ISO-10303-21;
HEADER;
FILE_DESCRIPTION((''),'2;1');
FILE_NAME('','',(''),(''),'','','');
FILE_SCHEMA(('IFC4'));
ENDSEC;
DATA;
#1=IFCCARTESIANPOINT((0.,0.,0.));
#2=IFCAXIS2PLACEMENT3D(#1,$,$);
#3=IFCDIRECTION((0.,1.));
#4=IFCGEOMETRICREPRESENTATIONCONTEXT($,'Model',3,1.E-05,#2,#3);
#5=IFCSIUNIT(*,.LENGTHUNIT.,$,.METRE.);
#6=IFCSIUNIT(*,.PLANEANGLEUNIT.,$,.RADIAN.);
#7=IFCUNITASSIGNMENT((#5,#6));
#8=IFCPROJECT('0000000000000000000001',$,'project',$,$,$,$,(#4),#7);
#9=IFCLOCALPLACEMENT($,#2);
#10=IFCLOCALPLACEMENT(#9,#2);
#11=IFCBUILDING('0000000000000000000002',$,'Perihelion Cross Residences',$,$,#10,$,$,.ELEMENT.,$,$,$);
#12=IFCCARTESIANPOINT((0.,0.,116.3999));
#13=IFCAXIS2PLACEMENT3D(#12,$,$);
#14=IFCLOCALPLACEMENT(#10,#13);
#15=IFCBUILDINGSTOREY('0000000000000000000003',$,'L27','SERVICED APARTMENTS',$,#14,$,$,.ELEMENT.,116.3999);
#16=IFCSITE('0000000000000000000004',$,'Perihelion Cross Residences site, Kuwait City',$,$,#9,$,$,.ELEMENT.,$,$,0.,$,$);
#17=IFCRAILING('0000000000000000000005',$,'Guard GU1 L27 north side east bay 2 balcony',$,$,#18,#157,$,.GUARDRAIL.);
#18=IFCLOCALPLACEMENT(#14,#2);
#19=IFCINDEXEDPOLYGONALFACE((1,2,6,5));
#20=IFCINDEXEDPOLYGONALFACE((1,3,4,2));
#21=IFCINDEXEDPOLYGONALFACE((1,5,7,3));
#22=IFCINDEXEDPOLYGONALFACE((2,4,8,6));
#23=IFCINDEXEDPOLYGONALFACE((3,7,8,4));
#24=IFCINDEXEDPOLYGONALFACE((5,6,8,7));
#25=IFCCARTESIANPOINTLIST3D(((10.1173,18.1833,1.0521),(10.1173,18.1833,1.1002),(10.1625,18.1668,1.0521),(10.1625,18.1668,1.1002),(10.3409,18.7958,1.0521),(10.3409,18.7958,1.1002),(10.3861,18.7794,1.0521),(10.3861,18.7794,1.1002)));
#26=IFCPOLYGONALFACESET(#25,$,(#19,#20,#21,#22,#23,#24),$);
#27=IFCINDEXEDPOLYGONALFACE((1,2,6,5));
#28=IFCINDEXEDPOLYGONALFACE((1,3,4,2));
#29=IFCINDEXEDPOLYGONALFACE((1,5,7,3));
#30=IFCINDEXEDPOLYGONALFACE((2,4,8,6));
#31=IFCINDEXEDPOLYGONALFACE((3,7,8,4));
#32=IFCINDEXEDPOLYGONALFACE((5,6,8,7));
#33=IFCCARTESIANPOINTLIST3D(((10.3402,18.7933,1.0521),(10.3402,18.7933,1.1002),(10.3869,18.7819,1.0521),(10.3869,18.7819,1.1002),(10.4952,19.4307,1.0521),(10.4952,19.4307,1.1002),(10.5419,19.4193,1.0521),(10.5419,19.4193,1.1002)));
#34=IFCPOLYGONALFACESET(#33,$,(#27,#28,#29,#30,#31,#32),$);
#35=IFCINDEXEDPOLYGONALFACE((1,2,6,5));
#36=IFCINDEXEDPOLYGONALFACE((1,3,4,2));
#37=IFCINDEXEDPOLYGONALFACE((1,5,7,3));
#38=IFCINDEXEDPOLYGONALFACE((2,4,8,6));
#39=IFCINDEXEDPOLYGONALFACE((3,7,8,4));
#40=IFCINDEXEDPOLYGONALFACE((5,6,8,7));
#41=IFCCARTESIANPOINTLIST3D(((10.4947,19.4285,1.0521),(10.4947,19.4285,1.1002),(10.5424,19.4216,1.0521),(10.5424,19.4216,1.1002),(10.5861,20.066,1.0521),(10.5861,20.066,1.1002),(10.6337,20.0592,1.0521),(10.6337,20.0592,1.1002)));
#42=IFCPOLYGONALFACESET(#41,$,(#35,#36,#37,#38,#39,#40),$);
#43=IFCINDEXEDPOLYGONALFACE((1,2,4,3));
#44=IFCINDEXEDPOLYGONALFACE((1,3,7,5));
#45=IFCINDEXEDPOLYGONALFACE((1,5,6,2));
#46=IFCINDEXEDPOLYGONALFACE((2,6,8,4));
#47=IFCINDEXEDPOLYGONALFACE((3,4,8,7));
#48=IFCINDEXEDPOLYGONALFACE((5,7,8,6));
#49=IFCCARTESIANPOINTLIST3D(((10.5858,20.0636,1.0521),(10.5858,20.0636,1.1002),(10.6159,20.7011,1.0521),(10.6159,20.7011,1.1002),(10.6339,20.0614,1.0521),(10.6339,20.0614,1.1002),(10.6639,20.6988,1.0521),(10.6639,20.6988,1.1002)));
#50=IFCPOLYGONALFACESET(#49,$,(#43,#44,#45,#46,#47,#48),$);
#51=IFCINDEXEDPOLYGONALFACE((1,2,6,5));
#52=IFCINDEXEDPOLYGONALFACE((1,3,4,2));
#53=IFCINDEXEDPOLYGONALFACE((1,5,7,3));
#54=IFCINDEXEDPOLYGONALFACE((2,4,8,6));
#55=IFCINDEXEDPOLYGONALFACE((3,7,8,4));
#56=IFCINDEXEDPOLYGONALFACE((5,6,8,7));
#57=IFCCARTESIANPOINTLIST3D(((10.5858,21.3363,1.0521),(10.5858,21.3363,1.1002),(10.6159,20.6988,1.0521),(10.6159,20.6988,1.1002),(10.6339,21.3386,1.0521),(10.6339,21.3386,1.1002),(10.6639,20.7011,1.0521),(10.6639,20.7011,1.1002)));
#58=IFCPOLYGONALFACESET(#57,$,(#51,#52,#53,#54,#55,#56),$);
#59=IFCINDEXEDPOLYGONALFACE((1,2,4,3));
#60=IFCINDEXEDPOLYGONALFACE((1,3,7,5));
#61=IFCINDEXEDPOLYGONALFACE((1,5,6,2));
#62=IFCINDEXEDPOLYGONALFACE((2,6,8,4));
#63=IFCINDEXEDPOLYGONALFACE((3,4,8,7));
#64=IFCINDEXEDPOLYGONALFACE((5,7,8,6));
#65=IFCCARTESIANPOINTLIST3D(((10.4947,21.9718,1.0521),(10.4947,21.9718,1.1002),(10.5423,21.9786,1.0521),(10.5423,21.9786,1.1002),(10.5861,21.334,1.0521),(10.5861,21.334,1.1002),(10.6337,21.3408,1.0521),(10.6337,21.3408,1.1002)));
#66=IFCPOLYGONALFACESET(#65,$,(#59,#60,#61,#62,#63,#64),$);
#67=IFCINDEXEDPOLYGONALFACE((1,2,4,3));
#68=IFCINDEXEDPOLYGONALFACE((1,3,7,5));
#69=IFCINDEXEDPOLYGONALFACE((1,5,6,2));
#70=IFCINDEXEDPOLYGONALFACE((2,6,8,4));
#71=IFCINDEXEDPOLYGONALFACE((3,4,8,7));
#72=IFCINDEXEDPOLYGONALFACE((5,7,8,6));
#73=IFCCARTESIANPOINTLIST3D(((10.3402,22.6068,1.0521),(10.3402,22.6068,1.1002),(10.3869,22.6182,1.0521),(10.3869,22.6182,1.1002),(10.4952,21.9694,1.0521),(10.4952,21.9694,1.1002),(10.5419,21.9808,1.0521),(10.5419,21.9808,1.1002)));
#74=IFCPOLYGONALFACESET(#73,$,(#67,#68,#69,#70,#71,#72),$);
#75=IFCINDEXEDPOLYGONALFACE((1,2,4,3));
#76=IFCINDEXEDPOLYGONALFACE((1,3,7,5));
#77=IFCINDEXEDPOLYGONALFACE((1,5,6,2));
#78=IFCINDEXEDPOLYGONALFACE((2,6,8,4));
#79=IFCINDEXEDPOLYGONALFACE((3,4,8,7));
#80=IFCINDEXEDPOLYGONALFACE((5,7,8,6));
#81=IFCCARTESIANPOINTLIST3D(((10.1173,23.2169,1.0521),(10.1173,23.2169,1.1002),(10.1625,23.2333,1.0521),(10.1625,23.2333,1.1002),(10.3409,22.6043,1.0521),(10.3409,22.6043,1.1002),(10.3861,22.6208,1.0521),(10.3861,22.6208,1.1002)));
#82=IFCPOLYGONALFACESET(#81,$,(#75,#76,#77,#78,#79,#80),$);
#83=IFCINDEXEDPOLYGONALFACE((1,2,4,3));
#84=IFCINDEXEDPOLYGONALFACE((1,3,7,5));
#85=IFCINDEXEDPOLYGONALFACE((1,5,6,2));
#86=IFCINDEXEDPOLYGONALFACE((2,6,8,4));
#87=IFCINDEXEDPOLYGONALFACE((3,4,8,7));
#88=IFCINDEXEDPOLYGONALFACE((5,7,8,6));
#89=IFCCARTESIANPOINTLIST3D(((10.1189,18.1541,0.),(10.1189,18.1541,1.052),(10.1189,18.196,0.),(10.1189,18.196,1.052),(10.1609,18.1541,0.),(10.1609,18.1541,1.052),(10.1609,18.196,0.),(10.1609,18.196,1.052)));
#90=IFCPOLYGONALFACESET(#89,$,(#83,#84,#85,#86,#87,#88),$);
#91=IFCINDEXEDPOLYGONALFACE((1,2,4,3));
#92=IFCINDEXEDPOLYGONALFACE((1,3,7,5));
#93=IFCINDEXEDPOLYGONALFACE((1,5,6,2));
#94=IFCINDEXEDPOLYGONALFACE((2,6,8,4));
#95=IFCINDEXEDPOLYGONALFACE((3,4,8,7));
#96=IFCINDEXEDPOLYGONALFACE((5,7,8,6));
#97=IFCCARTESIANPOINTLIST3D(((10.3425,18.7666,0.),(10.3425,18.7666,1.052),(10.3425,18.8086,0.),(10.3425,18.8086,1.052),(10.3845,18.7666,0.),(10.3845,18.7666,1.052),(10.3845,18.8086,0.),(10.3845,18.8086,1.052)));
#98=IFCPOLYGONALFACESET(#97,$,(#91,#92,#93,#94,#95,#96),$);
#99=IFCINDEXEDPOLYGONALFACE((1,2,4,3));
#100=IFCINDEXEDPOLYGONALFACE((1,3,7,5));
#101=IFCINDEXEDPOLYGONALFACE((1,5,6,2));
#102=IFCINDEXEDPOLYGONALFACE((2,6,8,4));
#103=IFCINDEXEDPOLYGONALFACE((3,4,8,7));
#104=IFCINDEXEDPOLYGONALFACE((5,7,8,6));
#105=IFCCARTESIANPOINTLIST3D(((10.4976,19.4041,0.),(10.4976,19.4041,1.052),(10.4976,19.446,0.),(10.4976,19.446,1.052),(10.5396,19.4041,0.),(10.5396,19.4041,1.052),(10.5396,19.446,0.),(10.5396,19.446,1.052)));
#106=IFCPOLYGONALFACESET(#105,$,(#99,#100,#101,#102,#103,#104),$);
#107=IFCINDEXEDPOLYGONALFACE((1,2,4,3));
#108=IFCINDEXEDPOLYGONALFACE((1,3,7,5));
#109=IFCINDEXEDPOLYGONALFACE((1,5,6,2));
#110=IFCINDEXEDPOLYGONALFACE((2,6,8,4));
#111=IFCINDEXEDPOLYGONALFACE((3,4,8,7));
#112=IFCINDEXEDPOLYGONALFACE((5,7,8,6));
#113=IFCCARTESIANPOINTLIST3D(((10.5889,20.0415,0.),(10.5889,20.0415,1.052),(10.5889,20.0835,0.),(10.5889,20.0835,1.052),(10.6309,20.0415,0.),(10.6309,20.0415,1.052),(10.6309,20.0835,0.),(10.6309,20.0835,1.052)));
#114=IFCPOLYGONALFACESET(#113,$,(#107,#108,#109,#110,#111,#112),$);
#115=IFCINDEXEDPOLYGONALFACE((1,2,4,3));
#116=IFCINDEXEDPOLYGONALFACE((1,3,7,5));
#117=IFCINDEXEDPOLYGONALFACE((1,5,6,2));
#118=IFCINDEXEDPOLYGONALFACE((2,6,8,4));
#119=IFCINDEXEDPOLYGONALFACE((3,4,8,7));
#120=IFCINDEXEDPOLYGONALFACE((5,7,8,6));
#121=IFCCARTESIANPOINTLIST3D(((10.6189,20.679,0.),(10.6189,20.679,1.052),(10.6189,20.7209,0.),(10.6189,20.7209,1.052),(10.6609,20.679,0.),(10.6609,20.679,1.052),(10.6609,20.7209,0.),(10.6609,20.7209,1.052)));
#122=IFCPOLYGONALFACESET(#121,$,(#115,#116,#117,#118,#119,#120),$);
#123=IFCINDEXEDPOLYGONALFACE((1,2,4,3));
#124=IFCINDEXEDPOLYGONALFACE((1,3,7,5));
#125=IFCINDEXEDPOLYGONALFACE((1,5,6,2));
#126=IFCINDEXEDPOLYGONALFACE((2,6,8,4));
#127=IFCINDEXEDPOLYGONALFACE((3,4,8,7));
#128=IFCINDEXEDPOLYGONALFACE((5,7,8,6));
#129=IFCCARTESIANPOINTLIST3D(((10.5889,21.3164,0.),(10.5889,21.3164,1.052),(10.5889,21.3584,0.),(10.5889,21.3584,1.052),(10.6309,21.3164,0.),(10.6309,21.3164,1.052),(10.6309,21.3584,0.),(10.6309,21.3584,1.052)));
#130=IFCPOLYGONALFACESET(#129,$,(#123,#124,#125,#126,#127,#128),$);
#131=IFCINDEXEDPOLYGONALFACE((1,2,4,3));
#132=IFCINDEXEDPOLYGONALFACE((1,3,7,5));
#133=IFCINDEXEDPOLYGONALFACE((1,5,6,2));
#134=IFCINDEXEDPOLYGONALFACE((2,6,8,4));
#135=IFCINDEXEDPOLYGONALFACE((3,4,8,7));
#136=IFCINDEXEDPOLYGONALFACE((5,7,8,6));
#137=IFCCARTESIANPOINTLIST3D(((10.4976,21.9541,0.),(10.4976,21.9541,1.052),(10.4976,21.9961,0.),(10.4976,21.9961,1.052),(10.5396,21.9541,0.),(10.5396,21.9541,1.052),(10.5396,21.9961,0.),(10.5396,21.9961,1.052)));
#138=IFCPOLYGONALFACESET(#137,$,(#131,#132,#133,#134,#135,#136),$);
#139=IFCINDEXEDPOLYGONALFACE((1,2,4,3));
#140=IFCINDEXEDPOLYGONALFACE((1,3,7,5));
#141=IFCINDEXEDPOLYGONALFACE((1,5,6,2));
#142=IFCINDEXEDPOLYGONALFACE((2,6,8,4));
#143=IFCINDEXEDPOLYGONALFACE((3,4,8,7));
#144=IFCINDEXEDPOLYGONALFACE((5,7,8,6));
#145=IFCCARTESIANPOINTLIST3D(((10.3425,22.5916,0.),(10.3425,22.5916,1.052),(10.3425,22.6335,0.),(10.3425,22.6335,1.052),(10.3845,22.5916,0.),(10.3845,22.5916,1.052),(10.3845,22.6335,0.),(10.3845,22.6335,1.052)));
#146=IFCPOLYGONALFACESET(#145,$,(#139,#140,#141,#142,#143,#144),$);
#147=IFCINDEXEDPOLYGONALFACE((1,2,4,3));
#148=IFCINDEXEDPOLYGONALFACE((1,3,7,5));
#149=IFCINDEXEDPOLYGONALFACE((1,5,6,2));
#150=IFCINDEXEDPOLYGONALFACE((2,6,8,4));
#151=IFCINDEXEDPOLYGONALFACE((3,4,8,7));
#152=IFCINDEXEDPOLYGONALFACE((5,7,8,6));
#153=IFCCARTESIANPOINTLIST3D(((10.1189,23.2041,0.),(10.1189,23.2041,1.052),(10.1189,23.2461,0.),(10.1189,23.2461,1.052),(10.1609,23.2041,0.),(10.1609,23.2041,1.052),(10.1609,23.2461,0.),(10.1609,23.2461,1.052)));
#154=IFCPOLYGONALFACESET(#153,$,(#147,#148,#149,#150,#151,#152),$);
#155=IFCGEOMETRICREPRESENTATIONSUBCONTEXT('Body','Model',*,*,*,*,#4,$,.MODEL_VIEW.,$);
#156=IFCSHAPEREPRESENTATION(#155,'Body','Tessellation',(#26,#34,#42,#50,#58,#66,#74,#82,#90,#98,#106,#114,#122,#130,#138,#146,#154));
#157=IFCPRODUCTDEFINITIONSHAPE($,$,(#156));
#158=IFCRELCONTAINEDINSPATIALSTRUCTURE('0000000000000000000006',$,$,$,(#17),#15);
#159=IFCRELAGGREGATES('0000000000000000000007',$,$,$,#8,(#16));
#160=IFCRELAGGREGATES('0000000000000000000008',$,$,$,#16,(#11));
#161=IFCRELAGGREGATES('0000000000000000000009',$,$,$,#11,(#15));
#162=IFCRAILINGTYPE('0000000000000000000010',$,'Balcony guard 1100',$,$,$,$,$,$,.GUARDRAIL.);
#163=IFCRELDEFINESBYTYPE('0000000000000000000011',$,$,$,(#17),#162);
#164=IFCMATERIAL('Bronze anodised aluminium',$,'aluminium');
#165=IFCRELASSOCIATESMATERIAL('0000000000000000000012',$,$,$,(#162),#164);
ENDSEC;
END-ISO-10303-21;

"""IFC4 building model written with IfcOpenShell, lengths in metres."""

from ifc_helpers import new_model, si_unit, direction, frame, origin, origin_2d, place, context, subcontext, project, spatial, rectangle, extrude, material, type_object, element, save


model = new_model("IFC4")

# Units and contexts
model_context = context("Model", 3, precision=1e-05, world=origin(), true_north=direction((0.0, 1.0)))
body_context = subcontext(model_context, "Body", "Model", "MODEL_VIEW")
ifc_project = project(units=[si_unit("LENGTHUNIT", "METRE"), si_unit("PLANEANGLEUNIT", "RADIAN")], contexts=[model_context])

# Site, building, storey
site_placement = place(None, origin())
site = spatial("IfcSite", under=ifc_project, at=site_placement, Name="Perihelion Cross Residences site, Kuwait City", CompositionType="ELEMENT", RefElevation=0.0)
building_placement = place(site_placement, origin())
building = spatial("IfcBuilding", under=site, at=building_placement, Name="Perihelion Cross Residences", CompositionType="ELEMENT")
storey_placement = place(building_placement, frame((0.0, 0.0, 116.3999)))
storey = spatial("IfcBuildingStorey", under=building, at=storey_placement, Name="L27", Description="SERVICED APARTMENTS", CompositionType="ELEMENT", Elevation=116.3999)

# Railing
ifc_material_1 = material(Name="Bronze anodised aluminium", Category="aluminium")
railing_type = type_object("IfcRailingType", Name="Balcony guard 1100", PredefinedType="GUARDRAIL", material=ifc_material_1)
railing_1_placement = place(storey_placement, frame((10.1399, 18.175, 0.0)))
element("IfcRailing", 1, at=railing_1_placement, inside=storey, type_object=railing_type, Name="Guard GU1 L27 north side east bay 2 balcony", PredefinedType="GUARDRAIL", context=body_context, shape_type="SweptSolid", body=[
    extrude(rectangle(XDim=0.0481, YDim=0.0481, at=origin_2d()), frame((0.0, 0.0, 1.0762), z_axis=(0.342945, 0.939355, 0.0), x_axis=(-0.939355, 0.342945, 0.0)), (0.0, 0.0, 1.0), 0.6521),
    extrude(rectangle(XDim=0.0481, YDim=0.0481, at=origin_2d()), frame((0.2236, 0.6125, 1.0762), z_axis=(0.236314, 0.971677, 0.0), x_axis=(-0.971677, 0.236314, 0.0)), (0.0, 0.0, 1.0), 0.656),
    extrude(rectangle(XDim=0.0481, YDim=0.0481, at=origin_2d()), frame((0.3787, 1.25, 1.0762), z_axis=(0.141793, 0.989896, 0.0), x_axis=(-0.989896, 0.141793, 0.0)), (0.0, 0.0, 1.0), 0.644),
    extrude(rectangle(XDim=0.0481, YDim=0.0481, at=origin_2d()), frame((0.47, 1.8875, 1.0762), z_axis=(0.047056, 0.998892, 0.0), x_axis=(-0.998892, 0.047056, 0.0)), (0.0, 0.0, 1.0), 0.6382),
    extrude(rectangle(XDim=0.0481, YDim=0.0481, at=origin_2d()), frame((0.5, 2.5249, 1.0762), z_axis=(-0.047056, 0.998892, 0.0), x_axis=(-0.998892, -0.047056, 0.0)), (0.0, 0.0, 1.0), 0.6382),
    extrude(rectangle(XDim=0.0481, YDim=0.0481, at=origin_2d()), frame((0.47, 3.1624, 1.0762), z_axis=(-0.14174, 0.989904, 0.0), x_axis=(-0.989904, -0.14174, 0.0)), (0.0, 0.0, 1.0), 0.6443),
    extrude(rectangle(XDim=0.0481, YDim=0.0481, at=origin_2d()), frame((0.3787, 3.8, 1.0762), z_axis=(-0.236314, 0.971677, 0.0), x_axis=(-0.971677, -0.236314, 0.0)), (0.0, 0.0, 1.0), 0.656),
    extrude(rectangle(XDim=0.0481, YDim=0.0481, at=origin_2d()), frame((0.2236, 4.4375, 1.0762), z_axis=(-0.342945, 0.939355, 0.0), x_axis=(-0.939355, -0.342945, 0.0)), (0.0, 0.0, 1.0), 0.6521),
    extrude(rectangle(XDim=0.042, YDim=0.042, at=origin_2d()), origin(), (0.0, 0.0, 1.0), 1.052),
    extrude(rectangle(XDim=0.042, YDim=0.042, at=origin_2d()), frame((0.2236, 0.6125, 0.0)), (0.0, 0.0, 1.0), 1.052),
    extrude(rectangle(XDim=0.042, YDim=0.042, at=origin_2d()), frame((0.3787, 1.25, 0.0)), (0.0, 0.0, 1.0), 1.052),
    extrude(rectangle(XDim=0.042, YDim=0.042, at=origin_2d()), frame((0.47, 1.8875, 0.0)), (0.0, 0.0, 1.0), 1.052),
    extrude(rectangle(XDim=0.042, YDim=0.042, at=origin_2d()), frame((0.5, 2.5249, 0.0)), (0.0, 0.0, 1.0), 1.052),
    extrude(rectangle(XDim=0.042, YDim=0.042, at=origin_2d()), frame((0.47, 3.1624, 0.0)), (0.0, 0.0, 1.0), 1.052),
    extrude(rectangle(XDim=0.042, YDim=0.042, at=origin_2d()), frame((0.3787, 3.8, 0.0)), (0.0, 0.0, 1.0), 1.052),
    extrude(rectangle(XDim=0.042, YDim=0.042, at=origin_2d()), frame((0.2236, 4.4375, 0.0)), (0.0, 0.0, 1.0), 1.052),
    extrude(rectangle(XDim=0.042, YDim=0.042, at=origin_2d()), frame((0.0, 5.05, 0.0)), (0.0, 0.0, 1.0), 1.052),
])

save(model, "model.ifc")
